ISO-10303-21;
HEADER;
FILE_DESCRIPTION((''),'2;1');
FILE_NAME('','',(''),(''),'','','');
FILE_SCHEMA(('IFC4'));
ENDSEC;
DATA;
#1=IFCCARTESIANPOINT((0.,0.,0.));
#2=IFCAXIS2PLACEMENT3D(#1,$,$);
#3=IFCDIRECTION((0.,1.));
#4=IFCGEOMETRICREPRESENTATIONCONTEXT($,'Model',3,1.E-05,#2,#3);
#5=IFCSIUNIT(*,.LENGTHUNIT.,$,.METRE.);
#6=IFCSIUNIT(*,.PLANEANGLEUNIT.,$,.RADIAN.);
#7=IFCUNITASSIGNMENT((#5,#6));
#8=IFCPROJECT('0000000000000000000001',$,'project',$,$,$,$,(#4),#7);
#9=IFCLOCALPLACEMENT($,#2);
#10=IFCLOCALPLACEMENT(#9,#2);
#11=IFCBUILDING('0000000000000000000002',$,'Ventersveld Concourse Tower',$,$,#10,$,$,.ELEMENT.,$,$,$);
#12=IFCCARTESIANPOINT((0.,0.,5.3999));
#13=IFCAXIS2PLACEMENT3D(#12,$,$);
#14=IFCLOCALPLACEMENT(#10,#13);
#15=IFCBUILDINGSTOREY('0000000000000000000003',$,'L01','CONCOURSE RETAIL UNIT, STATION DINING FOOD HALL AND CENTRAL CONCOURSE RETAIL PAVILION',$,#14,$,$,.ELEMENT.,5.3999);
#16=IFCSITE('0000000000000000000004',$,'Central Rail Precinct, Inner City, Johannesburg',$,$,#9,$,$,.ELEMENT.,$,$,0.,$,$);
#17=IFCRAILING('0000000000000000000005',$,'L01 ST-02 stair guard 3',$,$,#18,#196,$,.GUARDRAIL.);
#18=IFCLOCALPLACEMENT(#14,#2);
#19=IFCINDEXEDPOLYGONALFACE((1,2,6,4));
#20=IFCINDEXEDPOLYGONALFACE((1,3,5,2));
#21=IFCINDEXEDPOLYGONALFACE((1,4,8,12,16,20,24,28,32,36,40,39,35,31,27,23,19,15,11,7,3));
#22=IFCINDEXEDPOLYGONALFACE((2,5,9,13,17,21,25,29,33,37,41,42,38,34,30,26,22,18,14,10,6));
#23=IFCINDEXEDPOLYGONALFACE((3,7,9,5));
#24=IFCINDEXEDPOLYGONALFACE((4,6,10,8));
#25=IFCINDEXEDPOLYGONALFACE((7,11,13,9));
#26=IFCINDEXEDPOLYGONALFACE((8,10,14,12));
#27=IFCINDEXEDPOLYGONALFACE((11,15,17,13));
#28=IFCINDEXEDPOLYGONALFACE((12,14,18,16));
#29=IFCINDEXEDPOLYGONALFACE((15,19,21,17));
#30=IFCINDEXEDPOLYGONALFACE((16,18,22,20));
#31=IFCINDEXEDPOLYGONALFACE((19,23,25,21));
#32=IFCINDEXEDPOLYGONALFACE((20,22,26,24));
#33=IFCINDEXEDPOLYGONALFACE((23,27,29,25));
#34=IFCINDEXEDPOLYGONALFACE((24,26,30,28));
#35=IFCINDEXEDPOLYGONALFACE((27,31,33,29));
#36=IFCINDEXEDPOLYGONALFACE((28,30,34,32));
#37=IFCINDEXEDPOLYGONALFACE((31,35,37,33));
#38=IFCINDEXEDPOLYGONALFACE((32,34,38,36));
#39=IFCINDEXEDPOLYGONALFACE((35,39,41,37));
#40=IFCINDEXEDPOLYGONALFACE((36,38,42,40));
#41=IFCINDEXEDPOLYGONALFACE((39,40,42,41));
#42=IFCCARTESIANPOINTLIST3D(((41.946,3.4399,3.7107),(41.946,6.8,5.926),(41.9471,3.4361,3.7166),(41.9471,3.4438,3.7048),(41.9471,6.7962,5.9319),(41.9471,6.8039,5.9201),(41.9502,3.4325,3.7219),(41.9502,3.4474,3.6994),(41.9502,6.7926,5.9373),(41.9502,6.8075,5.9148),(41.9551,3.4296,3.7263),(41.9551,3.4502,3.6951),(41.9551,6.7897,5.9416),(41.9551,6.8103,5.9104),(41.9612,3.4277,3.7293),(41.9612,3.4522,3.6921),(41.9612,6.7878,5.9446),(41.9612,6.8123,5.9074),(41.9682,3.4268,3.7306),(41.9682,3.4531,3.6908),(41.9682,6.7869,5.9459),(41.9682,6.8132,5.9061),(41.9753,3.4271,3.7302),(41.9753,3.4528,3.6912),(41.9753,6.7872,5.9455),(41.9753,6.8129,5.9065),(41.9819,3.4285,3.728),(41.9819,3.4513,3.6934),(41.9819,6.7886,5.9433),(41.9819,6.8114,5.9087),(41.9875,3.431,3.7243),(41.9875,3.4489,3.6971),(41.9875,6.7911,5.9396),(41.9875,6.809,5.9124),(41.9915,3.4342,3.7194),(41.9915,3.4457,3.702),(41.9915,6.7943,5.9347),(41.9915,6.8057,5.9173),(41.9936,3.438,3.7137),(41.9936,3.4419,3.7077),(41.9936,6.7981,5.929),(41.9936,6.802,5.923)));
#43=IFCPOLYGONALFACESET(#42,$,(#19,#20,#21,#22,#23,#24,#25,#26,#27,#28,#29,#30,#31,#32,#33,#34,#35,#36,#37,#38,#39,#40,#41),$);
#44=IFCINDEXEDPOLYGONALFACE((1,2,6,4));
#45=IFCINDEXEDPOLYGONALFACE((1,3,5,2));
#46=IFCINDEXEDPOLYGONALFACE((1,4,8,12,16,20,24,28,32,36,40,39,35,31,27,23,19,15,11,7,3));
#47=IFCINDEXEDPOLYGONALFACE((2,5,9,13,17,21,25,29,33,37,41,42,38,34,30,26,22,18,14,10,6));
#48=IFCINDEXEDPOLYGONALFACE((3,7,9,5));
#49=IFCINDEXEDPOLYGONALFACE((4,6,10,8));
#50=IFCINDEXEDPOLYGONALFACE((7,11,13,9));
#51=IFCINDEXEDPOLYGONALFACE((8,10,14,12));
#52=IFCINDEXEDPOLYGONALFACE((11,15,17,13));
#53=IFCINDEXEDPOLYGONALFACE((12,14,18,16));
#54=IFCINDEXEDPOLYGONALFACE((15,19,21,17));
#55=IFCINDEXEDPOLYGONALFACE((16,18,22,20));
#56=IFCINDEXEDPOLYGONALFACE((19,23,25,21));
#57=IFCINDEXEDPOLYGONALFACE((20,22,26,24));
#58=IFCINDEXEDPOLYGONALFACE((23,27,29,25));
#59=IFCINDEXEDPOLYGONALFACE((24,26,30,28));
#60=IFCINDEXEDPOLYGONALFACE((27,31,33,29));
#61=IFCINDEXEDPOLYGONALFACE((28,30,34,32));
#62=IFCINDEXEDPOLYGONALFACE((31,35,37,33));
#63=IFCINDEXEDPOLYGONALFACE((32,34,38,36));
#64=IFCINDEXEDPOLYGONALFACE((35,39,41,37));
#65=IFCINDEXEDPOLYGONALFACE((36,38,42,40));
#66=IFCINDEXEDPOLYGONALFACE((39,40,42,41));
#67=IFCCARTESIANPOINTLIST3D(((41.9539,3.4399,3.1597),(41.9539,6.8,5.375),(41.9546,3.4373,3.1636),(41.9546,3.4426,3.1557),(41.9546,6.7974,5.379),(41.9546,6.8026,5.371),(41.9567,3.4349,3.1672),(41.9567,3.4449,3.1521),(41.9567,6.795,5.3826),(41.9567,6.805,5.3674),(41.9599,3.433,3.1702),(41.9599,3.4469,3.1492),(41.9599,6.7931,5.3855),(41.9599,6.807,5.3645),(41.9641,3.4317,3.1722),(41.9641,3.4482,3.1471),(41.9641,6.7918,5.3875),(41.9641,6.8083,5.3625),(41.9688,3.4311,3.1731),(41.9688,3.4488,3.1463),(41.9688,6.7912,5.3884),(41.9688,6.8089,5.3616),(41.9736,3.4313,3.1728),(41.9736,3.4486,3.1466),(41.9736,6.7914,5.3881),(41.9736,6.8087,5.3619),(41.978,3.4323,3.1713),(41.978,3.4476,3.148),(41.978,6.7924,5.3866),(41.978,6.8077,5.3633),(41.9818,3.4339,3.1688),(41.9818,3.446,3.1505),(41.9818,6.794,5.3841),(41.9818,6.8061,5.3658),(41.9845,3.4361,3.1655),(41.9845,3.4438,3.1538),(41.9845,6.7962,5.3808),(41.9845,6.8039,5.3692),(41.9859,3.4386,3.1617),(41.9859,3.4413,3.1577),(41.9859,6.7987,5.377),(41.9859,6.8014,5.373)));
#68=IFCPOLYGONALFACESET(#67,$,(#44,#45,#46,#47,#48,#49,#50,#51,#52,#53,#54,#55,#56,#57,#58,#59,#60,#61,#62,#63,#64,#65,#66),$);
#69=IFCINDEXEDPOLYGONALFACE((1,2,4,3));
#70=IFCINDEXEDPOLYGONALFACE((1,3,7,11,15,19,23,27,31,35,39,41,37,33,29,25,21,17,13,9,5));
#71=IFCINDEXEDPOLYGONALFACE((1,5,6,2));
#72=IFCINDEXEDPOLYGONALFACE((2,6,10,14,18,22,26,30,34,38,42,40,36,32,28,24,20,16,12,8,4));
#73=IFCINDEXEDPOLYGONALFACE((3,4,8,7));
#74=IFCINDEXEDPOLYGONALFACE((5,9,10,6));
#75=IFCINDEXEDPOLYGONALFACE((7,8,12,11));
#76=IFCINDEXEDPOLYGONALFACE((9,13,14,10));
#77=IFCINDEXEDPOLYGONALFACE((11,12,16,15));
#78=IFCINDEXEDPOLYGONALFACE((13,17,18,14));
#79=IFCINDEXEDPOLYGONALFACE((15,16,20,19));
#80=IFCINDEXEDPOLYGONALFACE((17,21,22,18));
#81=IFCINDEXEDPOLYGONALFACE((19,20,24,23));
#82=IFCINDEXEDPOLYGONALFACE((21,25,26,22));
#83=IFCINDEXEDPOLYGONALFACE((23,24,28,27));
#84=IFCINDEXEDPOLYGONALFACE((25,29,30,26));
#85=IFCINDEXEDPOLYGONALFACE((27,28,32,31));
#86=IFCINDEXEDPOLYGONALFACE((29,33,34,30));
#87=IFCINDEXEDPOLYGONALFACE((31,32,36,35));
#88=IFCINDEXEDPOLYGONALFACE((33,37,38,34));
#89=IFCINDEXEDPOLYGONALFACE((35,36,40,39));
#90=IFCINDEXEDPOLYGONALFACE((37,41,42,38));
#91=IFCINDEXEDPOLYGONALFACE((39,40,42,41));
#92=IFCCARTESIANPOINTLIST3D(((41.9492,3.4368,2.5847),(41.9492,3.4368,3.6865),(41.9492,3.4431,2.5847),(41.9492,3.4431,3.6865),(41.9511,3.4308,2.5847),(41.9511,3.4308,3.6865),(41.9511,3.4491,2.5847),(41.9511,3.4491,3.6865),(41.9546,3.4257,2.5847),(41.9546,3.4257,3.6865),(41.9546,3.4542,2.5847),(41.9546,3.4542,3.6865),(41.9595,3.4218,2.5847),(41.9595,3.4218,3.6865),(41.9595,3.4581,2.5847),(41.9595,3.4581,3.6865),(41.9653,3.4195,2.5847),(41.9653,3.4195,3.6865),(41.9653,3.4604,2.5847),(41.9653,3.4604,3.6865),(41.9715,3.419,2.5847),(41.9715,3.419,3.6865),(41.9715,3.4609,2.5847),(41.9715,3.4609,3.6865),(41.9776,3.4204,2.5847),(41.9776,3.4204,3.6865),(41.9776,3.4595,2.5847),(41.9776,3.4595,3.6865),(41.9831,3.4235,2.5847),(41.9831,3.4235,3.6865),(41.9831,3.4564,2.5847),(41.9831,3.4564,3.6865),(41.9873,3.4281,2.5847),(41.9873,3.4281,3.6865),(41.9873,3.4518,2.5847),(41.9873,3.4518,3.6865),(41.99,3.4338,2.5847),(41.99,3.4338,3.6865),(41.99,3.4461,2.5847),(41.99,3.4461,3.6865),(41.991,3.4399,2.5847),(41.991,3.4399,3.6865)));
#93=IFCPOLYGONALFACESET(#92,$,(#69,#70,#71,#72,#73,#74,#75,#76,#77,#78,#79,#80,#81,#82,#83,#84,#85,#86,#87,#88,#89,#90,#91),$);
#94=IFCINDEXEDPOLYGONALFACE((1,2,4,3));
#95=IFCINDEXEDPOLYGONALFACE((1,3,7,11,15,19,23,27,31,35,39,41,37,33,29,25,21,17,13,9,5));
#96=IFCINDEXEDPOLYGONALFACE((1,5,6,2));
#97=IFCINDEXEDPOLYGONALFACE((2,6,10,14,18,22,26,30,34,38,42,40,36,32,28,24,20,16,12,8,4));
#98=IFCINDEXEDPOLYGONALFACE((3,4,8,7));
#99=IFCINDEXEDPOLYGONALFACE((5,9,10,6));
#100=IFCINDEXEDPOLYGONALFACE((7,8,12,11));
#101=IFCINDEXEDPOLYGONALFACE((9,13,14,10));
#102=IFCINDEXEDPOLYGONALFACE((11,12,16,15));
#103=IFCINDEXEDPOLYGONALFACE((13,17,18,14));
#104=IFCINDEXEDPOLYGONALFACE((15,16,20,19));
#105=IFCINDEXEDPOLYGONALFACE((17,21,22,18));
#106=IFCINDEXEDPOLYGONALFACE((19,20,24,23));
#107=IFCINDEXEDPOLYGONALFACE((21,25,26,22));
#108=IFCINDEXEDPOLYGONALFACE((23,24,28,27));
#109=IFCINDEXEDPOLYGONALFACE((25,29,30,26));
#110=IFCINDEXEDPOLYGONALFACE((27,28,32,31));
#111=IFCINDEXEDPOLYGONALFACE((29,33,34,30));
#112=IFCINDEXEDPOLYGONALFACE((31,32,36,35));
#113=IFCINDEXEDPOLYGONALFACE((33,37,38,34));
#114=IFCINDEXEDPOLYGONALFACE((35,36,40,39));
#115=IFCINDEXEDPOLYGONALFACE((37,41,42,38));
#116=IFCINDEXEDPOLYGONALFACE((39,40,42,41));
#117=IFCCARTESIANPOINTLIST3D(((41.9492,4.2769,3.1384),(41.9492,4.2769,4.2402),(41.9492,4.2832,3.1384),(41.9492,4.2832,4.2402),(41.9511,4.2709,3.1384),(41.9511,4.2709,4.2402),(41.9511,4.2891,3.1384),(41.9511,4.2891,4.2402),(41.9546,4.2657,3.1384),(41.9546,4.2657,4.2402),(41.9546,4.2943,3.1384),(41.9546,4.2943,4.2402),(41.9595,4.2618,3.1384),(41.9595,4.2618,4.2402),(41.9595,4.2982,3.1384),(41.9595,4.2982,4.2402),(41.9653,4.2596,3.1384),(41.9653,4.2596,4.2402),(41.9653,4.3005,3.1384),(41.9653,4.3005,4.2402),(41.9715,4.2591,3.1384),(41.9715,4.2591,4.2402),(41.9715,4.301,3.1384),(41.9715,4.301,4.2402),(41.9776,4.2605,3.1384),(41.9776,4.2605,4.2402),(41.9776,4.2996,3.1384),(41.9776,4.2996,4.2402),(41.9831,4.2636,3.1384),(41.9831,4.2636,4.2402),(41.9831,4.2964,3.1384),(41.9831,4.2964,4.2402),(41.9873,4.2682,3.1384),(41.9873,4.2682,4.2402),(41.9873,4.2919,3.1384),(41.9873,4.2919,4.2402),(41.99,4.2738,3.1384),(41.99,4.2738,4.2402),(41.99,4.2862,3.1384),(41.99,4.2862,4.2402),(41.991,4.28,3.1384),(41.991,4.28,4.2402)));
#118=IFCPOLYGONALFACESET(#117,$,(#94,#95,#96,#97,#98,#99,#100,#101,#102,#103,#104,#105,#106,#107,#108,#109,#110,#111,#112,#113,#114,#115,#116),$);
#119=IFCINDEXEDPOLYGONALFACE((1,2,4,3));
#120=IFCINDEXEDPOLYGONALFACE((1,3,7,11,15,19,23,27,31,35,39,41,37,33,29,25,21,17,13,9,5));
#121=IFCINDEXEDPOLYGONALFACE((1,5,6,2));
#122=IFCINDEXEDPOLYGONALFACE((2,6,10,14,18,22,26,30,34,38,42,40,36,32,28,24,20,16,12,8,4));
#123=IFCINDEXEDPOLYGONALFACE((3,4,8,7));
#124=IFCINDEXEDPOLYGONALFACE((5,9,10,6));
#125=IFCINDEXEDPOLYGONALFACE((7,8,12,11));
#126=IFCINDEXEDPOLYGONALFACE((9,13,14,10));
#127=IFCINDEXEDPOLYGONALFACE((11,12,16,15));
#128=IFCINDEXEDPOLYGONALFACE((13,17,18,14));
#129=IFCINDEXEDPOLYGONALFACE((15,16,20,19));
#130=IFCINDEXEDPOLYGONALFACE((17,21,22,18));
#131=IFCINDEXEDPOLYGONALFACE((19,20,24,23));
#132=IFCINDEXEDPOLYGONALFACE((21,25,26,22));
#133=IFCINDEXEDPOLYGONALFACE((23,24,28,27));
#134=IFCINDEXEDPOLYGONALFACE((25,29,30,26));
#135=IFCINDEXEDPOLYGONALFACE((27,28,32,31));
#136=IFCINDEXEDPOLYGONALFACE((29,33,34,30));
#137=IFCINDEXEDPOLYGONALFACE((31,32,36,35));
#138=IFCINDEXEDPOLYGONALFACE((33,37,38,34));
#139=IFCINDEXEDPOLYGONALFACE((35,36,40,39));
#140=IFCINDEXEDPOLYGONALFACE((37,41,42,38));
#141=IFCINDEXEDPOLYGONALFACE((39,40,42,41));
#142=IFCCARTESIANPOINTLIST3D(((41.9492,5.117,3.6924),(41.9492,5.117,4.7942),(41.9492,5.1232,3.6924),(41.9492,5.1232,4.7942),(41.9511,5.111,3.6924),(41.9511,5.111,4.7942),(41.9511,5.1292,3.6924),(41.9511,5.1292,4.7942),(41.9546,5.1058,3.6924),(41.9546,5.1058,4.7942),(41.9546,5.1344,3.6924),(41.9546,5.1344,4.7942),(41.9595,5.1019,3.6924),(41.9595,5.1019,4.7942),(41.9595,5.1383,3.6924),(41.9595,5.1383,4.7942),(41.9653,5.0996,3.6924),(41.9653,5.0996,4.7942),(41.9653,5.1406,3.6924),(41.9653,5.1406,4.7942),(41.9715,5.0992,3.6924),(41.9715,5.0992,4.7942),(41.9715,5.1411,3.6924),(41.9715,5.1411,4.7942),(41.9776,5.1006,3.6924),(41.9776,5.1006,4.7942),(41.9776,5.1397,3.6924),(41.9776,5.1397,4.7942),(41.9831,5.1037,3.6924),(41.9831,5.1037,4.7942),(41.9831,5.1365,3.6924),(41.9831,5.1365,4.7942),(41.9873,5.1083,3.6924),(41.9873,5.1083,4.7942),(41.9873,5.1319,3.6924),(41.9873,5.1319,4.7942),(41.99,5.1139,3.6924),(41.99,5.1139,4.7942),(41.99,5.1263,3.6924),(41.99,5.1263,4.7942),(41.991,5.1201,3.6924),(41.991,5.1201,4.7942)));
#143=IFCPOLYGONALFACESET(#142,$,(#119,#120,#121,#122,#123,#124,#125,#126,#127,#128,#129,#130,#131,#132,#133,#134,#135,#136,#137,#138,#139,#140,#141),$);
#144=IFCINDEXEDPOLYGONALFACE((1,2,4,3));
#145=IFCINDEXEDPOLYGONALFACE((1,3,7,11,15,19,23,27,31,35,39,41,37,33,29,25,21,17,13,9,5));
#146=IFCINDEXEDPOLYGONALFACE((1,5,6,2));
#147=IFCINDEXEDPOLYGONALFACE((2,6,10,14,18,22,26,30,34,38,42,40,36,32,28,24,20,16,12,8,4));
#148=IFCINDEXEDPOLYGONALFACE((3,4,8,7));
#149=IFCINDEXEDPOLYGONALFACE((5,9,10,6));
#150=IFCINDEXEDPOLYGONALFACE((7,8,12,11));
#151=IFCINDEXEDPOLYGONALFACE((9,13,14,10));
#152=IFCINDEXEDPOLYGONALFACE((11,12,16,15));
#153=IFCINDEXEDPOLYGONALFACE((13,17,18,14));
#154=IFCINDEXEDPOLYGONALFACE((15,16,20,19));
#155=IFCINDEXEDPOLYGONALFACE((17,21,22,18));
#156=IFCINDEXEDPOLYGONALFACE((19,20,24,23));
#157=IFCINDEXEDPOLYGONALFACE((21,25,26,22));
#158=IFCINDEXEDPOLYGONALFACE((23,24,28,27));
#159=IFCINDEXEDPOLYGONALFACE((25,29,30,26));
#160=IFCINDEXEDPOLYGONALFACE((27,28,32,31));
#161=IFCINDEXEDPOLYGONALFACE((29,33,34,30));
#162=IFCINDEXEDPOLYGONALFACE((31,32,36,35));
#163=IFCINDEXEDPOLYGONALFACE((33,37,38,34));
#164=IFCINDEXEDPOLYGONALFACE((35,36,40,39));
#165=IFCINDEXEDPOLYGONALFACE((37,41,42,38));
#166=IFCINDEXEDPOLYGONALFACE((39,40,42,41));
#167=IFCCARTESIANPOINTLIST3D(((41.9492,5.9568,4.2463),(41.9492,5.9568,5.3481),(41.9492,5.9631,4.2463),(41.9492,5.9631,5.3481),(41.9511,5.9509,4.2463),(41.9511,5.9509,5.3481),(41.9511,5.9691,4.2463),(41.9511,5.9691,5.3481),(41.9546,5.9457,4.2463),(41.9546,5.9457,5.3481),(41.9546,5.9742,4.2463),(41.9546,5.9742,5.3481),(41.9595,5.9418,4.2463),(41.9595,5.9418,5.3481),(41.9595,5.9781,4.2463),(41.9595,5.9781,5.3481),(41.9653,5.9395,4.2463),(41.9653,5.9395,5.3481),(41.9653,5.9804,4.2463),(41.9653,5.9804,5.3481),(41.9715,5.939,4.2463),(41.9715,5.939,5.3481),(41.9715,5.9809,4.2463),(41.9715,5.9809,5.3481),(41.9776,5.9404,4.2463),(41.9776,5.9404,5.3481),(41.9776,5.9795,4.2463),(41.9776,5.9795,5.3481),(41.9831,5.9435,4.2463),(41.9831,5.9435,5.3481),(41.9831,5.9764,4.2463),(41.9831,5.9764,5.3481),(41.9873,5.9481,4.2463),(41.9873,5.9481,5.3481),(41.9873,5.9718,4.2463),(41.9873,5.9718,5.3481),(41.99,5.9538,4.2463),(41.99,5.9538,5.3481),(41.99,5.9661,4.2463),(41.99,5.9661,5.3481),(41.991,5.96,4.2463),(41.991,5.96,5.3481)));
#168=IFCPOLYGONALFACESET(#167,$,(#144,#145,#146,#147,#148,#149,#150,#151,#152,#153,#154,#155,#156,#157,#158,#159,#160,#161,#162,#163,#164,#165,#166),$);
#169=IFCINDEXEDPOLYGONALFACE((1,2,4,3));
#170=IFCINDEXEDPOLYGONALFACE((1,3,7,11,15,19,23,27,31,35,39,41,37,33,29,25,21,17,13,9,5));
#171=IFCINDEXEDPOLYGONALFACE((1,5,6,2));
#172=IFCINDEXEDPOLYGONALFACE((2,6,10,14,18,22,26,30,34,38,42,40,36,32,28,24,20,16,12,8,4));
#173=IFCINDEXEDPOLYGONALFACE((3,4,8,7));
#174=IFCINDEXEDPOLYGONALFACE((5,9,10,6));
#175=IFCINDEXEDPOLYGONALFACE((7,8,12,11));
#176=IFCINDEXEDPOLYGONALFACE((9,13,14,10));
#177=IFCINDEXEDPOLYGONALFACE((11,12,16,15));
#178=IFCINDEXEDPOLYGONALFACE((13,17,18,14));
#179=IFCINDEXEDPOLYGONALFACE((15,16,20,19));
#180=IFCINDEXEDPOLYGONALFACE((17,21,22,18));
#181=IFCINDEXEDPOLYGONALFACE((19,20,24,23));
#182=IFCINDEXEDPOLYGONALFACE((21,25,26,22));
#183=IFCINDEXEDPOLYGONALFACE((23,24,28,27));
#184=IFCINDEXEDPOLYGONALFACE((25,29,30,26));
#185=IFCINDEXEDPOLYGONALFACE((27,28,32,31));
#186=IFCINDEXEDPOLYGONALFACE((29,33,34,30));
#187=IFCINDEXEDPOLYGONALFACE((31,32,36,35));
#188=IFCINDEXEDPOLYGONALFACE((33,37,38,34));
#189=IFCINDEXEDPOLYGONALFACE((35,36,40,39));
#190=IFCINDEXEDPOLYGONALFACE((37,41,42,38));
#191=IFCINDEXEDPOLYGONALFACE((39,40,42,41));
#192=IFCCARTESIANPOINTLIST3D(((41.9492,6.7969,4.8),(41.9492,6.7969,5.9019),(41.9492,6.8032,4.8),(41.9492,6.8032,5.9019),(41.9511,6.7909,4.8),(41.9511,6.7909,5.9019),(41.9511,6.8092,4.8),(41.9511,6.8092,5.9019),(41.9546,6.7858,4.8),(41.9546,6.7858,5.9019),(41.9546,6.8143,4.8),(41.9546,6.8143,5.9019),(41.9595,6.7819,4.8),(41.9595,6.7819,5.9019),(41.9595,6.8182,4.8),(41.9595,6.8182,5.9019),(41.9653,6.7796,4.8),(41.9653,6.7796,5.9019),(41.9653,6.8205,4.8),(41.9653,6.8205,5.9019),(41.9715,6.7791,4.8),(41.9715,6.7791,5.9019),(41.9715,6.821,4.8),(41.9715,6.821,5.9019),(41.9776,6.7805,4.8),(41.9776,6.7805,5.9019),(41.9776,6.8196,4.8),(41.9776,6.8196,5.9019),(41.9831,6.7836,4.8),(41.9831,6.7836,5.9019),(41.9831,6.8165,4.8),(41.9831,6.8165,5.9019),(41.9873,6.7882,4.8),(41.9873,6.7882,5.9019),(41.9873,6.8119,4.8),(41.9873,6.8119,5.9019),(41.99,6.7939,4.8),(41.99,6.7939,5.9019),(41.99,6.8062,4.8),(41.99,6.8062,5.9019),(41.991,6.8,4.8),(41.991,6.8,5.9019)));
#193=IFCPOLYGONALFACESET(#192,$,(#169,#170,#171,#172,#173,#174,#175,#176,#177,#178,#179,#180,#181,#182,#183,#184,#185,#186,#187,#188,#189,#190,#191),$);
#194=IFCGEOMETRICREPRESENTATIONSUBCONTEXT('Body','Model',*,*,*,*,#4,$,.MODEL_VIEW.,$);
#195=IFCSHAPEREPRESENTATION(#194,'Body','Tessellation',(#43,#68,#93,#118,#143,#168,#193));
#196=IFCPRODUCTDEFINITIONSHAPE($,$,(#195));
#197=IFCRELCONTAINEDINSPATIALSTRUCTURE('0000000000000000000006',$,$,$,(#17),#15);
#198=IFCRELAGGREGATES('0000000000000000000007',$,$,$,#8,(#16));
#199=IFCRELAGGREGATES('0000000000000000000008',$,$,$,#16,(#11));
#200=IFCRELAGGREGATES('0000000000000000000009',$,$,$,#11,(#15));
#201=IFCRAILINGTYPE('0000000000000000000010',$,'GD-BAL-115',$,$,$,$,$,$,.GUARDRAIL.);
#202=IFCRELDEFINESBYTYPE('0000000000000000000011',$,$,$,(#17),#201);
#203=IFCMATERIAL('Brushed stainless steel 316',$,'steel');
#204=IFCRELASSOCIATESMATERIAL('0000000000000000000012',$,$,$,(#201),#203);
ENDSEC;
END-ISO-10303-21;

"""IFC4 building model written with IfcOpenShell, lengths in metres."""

from ifc_helpers import new_model, si_unit, direction, frame, origin, origin_2d, place, context, subcontext, project, spatial, circle, extrude, material, type_object, element, save


model = new_model("IFC4")

# Units and contexts
model_context = context("Model", 3, precision=1e-05, world=origin(), true_north=direction((0.0, 1.0)))
body_context = subcontext(model_context, "Body", "Model", "MODEL_VIEW")
ifc_project = project(units=[si_unit("LENGTHUNIT", "METRE"), si_unit("PLANEANGLEUNIT", "RADIAN")], contexts=[model_context])

# Site, building, storey
site_placement = place(None, origin())
site = spatial("IfcSite", under=ifc_project, at=site_placement, Name="Central Rail Precinct, Inner City, Johannesburg", CompositionType="ELEMENT", RefElevation=0.0)
building_placement = place(site_placement, origin())
building = spatial("IfcBuilding", under=site, at=building_placement, Name="Ventersveld Concourse Tower", CompositionType="ELEMENT")
storey_placement = place(building_placement, frame((0.0, 0.0, 5.3999)))
storey = spatial("IfcBuildingStorey", under=building, at=storey_placement, Name="L01", Description="CONCOURSE RETAIL UNIT, STATION DINING FOOD HALL AND CENTRAL CONCOURSE RETAIL PAVILION", CompositionType="ELEMENT", Elevation=5.3999)

# Shared definitions
ifc_material_1 = material(Name="Brushed stainless steel 316", Category="steel")

# Railing
railing_type_1 = type_object("IfcRailingType", Name="GD-BAL-115", PredefinedType="GUARDRAIL", material=ifc_material_1)
railing_1_placement = place(storey_placement, frame((41.97, 3.4399, 2.5847)))
element("IfcRailing", 1, at=railing_1_placement, inside=storey, type_object=railing_type_1, Name="L01 ST-02 stair guard 3", PredefinedType="GUARDRAIL", context=body_context, shape_type="SweptSolid", body=[
    extrude(circle(Radius=0.0239, at=origin_2d()), frame((0.0, 0.0, 1.126), z_axis=(0.0, 0.834876, 0.550437), x_axis=(-1.0, 0.0, 0.0)), (0.0, 0.0, 1.0), 4.0247),
    extrude(circle(Radius=0.0161, at=origin_2d()), frame((0.0, 0.0, 0.575), z_axis=(0.0, 0.834876, 0.550437), x_axis=(-1.0, 0.0, 0.0)), (0.0, 0.0, 1.0), 4.0247),
    extrude(circle(Radius=0.021, at=origin_2d()), origin(), (0.0, 0.0, 1.0), 1.1018),
    extrude(circle(Radius=0.021, at=origin_2d()), frame((0.0, 0.8401, 0.5537)), (0.0, 0.0, 1.0), 1.1018),
    extrude(circle(Radius=0.021, at=origin_2d()), frame((0.0, 1.6802, 1.1077)), (0.0, 0.0, 1.0), 1.1018),
    extrude(circle(Radius=0.021, at=origin_2d()), frame((0.0, 2.52, 1.6616)), (0.0, 0.0, 1.0), 1.1018),
    extrude(circle(Radius=0.021, at=origin_2d()), frame((0.0, 3.3601, 2.2153)), (0.0, 0.0, 1.0), 1.1018),
])

save(model, "model.ifc")
